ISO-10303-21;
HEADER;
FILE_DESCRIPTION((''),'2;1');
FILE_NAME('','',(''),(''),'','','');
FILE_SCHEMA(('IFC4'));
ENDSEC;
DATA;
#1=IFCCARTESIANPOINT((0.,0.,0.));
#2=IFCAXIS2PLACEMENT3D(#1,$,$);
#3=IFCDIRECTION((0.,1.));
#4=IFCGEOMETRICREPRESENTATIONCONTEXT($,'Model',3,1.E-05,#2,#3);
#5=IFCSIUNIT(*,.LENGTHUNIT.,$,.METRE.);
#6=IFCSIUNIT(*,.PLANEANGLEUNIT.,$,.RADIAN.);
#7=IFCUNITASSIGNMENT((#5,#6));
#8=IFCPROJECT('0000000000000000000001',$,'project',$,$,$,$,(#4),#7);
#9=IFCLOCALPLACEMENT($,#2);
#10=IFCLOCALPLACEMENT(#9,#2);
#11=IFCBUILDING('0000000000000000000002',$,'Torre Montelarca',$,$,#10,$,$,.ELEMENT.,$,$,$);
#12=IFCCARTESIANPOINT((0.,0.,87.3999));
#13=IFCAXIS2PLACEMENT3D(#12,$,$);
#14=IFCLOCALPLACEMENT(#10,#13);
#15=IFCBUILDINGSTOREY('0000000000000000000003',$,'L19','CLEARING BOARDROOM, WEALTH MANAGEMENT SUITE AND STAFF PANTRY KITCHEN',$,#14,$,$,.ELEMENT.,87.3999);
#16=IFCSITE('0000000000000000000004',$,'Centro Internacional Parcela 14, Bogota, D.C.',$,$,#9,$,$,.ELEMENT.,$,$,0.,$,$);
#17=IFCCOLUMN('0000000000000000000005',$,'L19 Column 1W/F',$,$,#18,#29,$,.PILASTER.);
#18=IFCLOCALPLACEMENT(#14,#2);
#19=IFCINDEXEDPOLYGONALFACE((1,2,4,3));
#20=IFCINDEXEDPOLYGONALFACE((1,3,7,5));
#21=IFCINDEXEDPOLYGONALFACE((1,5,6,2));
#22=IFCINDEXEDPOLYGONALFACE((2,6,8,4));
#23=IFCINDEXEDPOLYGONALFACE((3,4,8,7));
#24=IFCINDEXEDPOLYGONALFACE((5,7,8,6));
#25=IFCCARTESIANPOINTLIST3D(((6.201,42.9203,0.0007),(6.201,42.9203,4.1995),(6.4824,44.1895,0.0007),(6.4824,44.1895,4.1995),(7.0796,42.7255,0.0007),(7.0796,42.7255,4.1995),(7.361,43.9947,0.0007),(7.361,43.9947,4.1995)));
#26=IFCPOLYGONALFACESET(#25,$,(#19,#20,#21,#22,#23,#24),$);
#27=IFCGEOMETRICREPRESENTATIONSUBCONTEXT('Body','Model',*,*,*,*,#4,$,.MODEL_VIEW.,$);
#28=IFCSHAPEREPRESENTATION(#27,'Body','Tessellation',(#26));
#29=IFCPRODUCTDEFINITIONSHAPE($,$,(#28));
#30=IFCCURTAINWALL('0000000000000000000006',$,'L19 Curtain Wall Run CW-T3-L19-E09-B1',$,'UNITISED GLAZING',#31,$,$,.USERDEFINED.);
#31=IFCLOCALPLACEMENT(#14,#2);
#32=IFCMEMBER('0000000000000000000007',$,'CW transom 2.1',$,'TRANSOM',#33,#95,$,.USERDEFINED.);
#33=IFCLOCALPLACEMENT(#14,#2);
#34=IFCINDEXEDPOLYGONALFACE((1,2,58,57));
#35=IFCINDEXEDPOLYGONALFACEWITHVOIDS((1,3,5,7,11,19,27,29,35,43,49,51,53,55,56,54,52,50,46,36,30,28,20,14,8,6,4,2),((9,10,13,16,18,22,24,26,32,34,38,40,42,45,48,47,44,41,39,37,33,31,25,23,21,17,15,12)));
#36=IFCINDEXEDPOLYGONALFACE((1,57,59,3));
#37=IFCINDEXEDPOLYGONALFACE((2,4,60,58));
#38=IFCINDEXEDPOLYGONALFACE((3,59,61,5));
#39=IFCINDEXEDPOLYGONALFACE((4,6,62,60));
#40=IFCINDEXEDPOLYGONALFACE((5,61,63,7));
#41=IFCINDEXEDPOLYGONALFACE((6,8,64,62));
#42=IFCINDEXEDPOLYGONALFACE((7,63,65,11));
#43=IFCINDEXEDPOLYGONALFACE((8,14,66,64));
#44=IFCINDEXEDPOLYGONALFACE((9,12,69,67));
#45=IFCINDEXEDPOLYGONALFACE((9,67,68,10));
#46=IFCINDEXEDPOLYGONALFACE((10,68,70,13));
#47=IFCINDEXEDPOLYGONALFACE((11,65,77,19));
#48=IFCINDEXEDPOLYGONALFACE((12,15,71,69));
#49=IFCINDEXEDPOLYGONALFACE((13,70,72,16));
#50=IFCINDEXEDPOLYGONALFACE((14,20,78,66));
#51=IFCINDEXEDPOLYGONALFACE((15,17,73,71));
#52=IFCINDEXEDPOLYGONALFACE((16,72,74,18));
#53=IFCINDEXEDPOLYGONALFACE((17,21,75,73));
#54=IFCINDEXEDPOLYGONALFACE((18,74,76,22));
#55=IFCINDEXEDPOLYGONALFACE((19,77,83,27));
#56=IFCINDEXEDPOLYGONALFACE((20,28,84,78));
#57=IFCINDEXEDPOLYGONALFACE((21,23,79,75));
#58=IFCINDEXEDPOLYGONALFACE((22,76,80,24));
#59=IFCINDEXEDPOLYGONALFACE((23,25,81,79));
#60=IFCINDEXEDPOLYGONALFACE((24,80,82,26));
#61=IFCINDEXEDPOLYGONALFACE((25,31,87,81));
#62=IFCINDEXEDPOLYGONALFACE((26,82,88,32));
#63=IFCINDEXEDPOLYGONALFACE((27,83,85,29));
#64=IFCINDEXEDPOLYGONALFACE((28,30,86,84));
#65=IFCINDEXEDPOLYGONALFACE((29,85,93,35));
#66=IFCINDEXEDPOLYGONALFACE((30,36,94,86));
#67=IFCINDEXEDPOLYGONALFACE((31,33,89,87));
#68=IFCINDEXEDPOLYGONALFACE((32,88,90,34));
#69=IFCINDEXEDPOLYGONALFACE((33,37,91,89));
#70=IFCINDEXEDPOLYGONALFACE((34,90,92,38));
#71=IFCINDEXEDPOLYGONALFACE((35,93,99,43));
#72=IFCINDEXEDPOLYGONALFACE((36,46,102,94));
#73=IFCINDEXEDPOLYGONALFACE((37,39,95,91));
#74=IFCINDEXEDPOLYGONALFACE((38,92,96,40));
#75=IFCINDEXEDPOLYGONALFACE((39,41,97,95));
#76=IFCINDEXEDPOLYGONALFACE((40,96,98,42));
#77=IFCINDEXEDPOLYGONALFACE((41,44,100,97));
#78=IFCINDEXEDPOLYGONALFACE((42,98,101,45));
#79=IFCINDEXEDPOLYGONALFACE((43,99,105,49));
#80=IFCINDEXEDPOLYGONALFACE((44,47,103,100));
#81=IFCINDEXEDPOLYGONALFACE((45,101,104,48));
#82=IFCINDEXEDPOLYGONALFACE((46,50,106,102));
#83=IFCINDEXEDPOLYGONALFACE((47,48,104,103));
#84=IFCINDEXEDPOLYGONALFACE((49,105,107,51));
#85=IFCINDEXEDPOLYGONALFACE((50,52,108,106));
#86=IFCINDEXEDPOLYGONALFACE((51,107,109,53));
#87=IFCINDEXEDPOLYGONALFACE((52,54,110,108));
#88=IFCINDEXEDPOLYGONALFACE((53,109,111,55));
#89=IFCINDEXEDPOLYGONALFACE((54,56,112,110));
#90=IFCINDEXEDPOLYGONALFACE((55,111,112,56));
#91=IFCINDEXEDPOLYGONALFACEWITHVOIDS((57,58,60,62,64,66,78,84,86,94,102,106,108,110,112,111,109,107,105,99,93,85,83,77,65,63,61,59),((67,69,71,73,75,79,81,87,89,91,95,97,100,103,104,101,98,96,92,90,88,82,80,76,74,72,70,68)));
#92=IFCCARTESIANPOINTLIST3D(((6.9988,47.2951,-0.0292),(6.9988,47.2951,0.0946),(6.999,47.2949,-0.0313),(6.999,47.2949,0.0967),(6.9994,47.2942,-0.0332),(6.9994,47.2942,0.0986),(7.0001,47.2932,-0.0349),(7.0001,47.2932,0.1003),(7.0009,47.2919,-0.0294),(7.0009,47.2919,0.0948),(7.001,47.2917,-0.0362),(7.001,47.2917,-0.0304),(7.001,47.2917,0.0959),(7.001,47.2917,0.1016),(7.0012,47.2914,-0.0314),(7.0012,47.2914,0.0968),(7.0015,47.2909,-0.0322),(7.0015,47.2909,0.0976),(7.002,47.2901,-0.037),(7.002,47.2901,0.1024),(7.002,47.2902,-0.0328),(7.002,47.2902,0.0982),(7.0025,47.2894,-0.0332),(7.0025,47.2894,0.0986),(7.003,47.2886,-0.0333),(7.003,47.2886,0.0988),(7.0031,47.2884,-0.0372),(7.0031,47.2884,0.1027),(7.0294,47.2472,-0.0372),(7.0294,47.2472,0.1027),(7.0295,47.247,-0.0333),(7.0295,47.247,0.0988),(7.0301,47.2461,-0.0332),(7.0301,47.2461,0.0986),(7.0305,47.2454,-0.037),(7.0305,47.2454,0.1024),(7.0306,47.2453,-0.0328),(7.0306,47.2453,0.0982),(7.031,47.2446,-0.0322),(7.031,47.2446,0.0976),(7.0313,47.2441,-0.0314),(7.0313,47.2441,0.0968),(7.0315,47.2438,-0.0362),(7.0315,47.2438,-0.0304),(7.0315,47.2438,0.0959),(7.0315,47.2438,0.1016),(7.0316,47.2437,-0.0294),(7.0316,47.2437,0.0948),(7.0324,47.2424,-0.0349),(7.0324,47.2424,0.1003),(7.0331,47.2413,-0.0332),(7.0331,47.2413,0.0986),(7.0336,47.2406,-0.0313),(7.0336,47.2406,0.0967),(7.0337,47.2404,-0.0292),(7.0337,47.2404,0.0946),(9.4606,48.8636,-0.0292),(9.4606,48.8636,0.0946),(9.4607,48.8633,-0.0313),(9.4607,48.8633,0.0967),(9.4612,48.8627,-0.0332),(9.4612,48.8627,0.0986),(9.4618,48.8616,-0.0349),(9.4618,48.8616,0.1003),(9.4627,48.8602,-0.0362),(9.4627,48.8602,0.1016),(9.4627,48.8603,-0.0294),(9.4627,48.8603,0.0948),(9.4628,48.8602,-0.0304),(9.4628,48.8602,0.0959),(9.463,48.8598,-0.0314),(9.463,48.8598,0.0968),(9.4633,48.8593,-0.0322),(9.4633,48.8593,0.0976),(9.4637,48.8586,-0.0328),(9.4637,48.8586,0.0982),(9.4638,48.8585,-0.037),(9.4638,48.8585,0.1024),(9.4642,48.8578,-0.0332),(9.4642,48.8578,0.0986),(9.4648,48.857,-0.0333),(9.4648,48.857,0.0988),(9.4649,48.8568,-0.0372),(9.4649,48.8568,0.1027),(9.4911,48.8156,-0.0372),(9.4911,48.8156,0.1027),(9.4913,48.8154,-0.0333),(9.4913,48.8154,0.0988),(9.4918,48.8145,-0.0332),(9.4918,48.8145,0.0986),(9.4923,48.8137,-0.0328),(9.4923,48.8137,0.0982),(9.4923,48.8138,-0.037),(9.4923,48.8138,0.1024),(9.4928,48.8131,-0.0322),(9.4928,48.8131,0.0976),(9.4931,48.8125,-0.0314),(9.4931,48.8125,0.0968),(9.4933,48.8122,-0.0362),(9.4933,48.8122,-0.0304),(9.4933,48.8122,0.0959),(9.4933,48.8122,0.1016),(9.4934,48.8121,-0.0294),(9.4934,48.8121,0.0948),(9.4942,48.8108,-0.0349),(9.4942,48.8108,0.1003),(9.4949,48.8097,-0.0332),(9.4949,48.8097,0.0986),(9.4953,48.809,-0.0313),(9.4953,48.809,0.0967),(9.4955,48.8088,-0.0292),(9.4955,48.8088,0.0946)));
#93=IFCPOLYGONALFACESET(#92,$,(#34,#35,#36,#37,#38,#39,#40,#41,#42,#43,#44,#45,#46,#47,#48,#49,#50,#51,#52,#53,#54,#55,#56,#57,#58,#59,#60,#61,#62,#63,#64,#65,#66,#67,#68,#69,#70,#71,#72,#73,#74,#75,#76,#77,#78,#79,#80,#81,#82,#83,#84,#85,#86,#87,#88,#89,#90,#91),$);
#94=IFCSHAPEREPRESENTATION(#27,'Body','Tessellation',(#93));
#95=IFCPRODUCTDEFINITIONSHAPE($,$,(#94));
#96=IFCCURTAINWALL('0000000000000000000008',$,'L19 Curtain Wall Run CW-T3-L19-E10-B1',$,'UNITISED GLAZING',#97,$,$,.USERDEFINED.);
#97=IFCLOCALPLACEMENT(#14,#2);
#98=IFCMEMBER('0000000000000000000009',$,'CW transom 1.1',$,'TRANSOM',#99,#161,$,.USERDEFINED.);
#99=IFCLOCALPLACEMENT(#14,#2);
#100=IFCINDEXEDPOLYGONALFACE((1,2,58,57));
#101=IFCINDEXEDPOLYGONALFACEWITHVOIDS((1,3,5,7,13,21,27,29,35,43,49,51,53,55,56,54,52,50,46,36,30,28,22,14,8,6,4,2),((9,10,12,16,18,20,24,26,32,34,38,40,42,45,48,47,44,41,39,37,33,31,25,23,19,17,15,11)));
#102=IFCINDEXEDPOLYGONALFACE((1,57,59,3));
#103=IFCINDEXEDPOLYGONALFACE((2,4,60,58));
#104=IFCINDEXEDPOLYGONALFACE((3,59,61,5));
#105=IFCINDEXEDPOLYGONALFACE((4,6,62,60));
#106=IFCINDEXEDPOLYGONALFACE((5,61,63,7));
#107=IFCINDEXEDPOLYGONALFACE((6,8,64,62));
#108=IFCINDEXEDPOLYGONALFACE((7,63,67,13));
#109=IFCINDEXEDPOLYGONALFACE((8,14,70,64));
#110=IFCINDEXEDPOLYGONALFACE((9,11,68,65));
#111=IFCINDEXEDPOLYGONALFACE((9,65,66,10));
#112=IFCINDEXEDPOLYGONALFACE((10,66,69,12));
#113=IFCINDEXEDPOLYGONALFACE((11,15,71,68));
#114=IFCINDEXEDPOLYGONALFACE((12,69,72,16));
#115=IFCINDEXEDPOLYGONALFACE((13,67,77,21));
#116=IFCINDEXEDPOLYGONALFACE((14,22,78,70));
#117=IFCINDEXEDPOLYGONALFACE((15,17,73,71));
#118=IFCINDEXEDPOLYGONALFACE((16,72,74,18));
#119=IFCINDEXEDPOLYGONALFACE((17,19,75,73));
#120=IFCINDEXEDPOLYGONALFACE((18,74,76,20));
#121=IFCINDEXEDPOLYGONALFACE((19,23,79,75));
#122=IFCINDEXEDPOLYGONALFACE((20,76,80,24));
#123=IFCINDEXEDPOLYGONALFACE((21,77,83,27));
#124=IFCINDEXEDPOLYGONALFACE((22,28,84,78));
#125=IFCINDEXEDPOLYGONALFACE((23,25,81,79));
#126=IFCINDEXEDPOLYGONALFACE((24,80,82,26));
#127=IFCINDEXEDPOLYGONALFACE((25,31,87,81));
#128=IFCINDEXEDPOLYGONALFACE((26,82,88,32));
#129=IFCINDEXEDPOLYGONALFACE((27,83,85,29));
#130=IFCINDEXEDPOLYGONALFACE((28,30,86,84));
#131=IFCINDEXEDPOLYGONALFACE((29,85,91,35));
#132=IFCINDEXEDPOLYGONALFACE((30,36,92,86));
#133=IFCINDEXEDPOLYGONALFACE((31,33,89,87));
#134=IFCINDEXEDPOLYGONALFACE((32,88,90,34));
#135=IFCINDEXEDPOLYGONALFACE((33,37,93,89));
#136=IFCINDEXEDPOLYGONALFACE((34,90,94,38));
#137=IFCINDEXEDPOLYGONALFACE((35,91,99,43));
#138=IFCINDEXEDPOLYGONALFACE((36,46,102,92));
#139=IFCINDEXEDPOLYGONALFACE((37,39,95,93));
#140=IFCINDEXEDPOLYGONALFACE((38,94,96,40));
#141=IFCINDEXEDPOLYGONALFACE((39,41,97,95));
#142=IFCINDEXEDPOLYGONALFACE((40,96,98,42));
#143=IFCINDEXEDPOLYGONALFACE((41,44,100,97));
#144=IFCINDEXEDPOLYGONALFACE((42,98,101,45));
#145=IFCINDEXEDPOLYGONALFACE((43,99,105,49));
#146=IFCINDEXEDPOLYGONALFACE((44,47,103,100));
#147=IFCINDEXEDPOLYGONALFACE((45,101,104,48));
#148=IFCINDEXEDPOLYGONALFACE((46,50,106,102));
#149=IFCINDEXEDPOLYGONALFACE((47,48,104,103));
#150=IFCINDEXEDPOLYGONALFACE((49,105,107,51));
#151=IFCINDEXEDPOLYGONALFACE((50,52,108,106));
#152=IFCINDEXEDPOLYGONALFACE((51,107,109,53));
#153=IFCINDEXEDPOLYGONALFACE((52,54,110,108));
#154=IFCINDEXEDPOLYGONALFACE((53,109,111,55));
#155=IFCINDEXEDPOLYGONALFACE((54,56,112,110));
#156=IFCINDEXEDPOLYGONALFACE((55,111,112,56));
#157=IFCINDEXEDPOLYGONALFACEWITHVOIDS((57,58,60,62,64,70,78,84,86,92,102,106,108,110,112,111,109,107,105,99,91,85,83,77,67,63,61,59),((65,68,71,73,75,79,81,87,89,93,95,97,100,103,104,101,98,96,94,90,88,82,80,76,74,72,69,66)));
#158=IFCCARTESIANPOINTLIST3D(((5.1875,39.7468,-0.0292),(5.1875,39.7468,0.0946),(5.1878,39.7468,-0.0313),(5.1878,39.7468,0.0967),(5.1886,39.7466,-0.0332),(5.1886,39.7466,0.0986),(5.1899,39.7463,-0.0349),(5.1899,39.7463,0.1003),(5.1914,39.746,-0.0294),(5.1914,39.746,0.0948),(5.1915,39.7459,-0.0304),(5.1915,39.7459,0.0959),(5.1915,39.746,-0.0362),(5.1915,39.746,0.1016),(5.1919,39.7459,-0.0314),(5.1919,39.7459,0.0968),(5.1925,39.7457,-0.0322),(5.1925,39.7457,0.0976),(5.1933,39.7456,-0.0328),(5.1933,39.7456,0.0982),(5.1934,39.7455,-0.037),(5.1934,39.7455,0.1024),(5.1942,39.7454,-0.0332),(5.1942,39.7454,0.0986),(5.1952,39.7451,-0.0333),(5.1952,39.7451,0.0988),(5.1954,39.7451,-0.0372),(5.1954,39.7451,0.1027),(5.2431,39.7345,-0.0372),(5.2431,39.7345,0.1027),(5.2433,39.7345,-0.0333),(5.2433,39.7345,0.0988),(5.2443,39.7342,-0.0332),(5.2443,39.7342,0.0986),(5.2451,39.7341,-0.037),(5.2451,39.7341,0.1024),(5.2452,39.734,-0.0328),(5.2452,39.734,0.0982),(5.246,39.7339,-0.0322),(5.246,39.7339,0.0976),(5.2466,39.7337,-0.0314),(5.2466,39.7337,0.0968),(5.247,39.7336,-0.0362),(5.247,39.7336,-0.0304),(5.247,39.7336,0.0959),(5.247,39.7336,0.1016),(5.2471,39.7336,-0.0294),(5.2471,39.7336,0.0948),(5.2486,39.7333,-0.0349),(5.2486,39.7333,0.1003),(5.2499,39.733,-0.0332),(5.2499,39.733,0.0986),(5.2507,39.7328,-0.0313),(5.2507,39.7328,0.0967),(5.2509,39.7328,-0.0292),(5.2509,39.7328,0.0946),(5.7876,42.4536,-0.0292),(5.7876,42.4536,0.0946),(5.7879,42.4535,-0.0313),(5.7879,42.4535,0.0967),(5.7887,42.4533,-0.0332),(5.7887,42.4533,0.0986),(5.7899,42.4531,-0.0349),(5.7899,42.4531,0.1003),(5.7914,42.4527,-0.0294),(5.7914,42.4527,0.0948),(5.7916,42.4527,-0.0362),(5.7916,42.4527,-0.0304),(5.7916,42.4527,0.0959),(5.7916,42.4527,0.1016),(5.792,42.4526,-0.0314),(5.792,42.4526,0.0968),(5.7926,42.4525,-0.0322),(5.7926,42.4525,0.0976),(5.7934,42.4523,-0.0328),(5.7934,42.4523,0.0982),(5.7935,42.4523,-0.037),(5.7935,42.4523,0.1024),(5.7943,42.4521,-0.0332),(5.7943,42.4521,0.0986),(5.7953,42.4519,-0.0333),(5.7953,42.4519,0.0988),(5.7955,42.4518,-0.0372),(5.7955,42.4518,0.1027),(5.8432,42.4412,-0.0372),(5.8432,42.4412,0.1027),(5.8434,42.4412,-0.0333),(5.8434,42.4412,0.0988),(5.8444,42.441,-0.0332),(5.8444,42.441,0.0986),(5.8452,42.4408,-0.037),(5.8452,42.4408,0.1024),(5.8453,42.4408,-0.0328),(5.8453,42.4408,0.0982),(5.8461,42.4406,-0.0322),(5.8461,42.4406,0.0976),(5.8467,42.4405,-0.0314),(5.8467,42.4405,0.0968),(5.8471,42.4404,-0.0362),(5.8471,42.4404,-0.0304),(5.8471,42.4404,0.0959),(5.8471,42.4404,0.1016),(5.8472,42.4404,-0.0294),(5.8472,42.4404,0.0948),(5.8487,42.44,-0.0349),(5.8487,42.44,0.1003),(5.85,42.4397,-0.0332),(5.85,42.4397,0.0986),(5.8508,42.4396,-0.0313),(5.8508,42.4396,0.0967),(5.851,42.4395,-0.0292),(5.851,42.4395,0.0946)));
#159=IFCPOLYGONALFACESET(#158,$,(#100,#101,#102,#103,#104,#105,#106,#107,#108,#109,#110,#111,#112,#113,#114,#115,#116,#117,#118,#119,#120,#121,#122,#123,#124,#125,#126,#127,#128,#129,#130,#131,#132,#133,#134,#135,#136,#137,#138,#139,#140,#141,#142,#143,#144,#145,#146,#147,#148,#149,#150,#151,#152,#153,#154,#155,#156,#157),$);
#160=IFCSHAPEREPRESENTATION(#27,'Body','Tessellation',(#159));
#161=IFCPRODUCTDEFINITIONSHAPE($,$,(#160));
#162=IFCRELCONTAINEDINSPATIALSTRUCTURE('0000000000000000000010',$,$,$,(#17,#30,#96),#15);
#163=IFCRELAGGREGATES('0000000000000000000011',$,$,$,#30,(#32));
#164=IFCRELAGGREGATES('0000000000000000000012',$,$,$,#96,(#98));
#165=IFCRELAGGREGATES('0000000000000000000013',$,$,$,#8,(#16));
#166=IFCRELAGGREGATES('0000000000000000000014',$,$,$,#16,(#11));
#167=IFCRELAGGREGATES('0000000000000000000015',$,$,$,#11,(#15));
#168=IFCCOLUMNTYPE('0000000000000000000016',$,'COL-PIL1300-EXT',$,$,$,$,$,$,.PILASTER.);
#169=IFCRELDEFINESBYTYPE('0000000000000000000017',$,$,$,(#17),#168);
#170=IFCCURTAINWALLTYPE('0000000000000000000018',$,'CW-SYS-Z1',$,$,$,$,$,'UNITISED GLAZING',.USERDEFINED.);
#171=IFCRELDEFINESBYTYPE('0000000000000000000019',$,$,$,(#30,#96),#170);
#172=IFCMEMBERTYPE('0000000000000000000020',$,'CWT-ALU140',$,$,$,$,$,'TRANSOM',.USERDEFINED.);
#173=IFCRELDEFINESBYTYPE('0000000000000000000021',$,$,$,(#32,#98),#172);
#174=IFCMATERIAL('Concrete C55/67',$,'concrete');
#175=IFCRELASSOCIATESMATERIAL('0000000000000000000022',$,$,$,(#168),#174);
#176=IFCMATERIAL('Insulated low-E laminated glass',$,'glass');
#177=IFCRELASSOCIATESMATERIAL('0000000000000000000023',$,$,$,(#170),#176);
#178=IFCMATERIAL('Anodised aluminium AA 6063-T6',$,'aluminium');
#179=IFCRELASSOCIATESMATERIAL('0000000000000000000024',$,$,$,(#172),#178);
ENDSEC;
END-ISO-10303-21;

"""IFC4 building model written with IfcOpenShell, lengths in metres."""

from ifc_helpers import new_model, si_unit, direction, frame, origin, origin_2d, place, context, subcontext, project, spatial, rectangle, hollow_rectangle, extrude, source, transform, mapped, material, material_profile, profile_set, type_object, element, aggregate, save


model = new_model("IFC4")

# Units and contexts
model_context = context("Model", 3, precision=1e-05, world=origin(), true_north=direction((0.0, 1.0)))
body_context = subcontext(model_context, "Body", "Model", "MODEL_VIEW")
ifc_project = project(units=[si_unit("LENGTHUNIT", "METRE"), si_unit("PLANEANGLEUNIT", "RADIAN")], contexts=[model_context])

# Site, building, storey
site_placement = place(None, origin())
site = spatial("IfcSite", under=ifc_project, at=site_placement, Name="Centro Internacional Parcela 14, Bogota, D.C.", CompositionType="ELEMENT", RefElevation=0.0)
building_placement = place(site_placement, origin())
building = spatial("IfcBuilding", under=site, at=building_placement, Name="Torre Montelarca", CompositionType="ELEMENT")
storey_placement = place(building_placement, frame((0.0, 0.0, 87.3999)))
storey = spatial("IfcBuildingStorey", under=building, at=storey_placement, Name="L19", Description="CLEARING BOARDROOM, WEALTH MANAGEMENT SUITE AND STAFF PANTRY KITCHEN", CompositionType="ELEMENT", Elevation=87.3999)

# Column
ifc_material_1 = material(Name="Concrete C55/67", Category="concrete")
ifc_material_profile_1 = material_profile(ifc_material_1, rectangle(XDim=0.8999, YDim=1.3, at=origin_2d()), Name="RC1300X900", Category="concrete")
ifc_profile_set_1 = profile_set([ifc_material_profile_1], Name="Concrete C55/67")
column_type = type_object("IfcColumnType", Name="COL-PIL1300-EXT", PredefinedType="PILASTER", material=ifc_profile_set_1)
shared_shape_1 = source(origin(), body_context, "Body", "SweptSolid", [
    extrude(rectangle(XDim=0.8999, YDim=1.3, at=origin_2d()), origin(), (0.0, 0.0, 1.0), 4.1987),
])
column_placement = place(storey_placement, frame((6.781, 43.4575, 0.0007), z_axis=(0.0, 0.0, 1.0), x_axis=(-0.976296, 0.21644, 0.0)))
element("IfcColumn", 1, at=column_placement, inside=storey, type_object=column_type, Name="L19 Column 1W/F", PredefinedType="PILASTER", context=body_context, shape_type="MappedRepresentation", body=[
    mapped(shared_shape_1, transform((0.0, 0.0, 0.0), scale=1.0)),
])

# Curtain wall, member
ifc_material_2 = material(Name="Insulated low-E laminated glass", Category="glass")
curtain_wall_type = type_object("IfcCurtainWallType", Name="CW-SYS-Z1", ElementType="UNITISED GLAZING", PredefinedType="USERDEFINED", material=ifc_material_2)
curtain_wall_1_placement = place(storey_placement, origin())
curtain_wall_1 = element("IfcCurtainWall", 2, at=curtain_wall_1_placement, inside=storey, type_object=curtain_wall_type, Name="L19 Curtain Wall Run CW-T3-L19-E09-B1", ObjectType="UNITISED GLAZING", PredefinedType="USERDEFINED")
ifc_material_3 = material(Name="Anodised aluminium AA 6063-T6", Category="aluminium")
ifc_material_profile_2 = material_profile(ifc_material_3, hollow_rectangle(XDim=0.0649, YDim=0.1399, WallThickness=0.0039, InnerFilletRadius=0.0039, OuterFilletRadius=0.0081, at=origin_2d()), Name="ALU65X140X4", Category="aluminium")
ifc_profile_set_2 = profile_set([ifc_material_profile_2], Name="Anodised aluminium AA 6063-T6")
member_type_1 = type_object("IfcMemberType", Name="CWT-ALU140", ElementType="TRANSOM", PredefinedType="USERDEFINED", material=ifc_profile_set_2)
shared_shape_2 = source(origin(), body_context, "Body", "SweptSolid", [
    extrude(hollow_rectangle(XDim=0.0649, YDim=0.1399, WallThickness=0.0039, InnerFilletRadius=0.0039, OuterFilletRadius=0.0081, at=origin_2d()), origin(), (0.0, 0.0, 1.0), 2.9189),
])
member_1_placement = place(storey_placement, frame((9.478, 48.8362, 0.0327), z_axis=(-0.843376, -0.537325, 0.0), x_axis=(0.537325, -0.843376, 0.0)))
member_1 = element("IfcMember", 3, at=member_1_placement, type_object=member_type_1, Name="CW transom 2.1", ObjectType="TRANSOM", PredefinedType="USERDEFINED", context=body_context, shape_type="MappedRepresentation", body=[
    mapped(shared_shape_2, transform((0.0, 0.0, 0.0), scale=1.0)),
])

# Curtain wall, member
curtain_wall_2_placement = place(storey_placement, origin())
curtain_wall_2 = element("IfcCurtainWall", 4, at=curtain_wall_2_placement, inside=storey, type_object=curtain_wall_type, Name="L19 Curtain Wall Run CW-T3-L19-E10-B1", ObjectType="UNITISED GLAZING", PredefinedType="USERDEFINED")
shared_shape_3 = source(origin(), body_context, "Body", "SweptSolid", [
    extrude(hollow_rectangle(XDim=0.0649, YDim=0.1399, WallThickness=0.0039, InnerFilletRadius=0.0039, OuterFilletRadius=0.0081, at=origin_2d()), origin(), (0.0, 0.0, 1.0), 2.7725),
])
member_2_placement = place(storey_placement, frame((5.8193, 42.4465, 0.0327), z_axis=(-0.216446, -0.976295, 0.0), x_axis=(0.976295, -0.216446, 0.0)))
member_2 = element("IfcMember", 5, at=member_2_placement, type_object=member_type_1, Name="CW transom 1.1", ObjectType="TRANSOM", PredefinedType="USERDEFINED", context=body_context, shape_type="MappedRepresentation", body=[
    mapped(shared_shape_3, transform((0.0, 0.0, 0.0), scale=1.0)),
])

aggregate(curtain_wall_1, [member_1])
aggregate(curtain_wall_2, [member_2])

save(model, "model.ifc")
